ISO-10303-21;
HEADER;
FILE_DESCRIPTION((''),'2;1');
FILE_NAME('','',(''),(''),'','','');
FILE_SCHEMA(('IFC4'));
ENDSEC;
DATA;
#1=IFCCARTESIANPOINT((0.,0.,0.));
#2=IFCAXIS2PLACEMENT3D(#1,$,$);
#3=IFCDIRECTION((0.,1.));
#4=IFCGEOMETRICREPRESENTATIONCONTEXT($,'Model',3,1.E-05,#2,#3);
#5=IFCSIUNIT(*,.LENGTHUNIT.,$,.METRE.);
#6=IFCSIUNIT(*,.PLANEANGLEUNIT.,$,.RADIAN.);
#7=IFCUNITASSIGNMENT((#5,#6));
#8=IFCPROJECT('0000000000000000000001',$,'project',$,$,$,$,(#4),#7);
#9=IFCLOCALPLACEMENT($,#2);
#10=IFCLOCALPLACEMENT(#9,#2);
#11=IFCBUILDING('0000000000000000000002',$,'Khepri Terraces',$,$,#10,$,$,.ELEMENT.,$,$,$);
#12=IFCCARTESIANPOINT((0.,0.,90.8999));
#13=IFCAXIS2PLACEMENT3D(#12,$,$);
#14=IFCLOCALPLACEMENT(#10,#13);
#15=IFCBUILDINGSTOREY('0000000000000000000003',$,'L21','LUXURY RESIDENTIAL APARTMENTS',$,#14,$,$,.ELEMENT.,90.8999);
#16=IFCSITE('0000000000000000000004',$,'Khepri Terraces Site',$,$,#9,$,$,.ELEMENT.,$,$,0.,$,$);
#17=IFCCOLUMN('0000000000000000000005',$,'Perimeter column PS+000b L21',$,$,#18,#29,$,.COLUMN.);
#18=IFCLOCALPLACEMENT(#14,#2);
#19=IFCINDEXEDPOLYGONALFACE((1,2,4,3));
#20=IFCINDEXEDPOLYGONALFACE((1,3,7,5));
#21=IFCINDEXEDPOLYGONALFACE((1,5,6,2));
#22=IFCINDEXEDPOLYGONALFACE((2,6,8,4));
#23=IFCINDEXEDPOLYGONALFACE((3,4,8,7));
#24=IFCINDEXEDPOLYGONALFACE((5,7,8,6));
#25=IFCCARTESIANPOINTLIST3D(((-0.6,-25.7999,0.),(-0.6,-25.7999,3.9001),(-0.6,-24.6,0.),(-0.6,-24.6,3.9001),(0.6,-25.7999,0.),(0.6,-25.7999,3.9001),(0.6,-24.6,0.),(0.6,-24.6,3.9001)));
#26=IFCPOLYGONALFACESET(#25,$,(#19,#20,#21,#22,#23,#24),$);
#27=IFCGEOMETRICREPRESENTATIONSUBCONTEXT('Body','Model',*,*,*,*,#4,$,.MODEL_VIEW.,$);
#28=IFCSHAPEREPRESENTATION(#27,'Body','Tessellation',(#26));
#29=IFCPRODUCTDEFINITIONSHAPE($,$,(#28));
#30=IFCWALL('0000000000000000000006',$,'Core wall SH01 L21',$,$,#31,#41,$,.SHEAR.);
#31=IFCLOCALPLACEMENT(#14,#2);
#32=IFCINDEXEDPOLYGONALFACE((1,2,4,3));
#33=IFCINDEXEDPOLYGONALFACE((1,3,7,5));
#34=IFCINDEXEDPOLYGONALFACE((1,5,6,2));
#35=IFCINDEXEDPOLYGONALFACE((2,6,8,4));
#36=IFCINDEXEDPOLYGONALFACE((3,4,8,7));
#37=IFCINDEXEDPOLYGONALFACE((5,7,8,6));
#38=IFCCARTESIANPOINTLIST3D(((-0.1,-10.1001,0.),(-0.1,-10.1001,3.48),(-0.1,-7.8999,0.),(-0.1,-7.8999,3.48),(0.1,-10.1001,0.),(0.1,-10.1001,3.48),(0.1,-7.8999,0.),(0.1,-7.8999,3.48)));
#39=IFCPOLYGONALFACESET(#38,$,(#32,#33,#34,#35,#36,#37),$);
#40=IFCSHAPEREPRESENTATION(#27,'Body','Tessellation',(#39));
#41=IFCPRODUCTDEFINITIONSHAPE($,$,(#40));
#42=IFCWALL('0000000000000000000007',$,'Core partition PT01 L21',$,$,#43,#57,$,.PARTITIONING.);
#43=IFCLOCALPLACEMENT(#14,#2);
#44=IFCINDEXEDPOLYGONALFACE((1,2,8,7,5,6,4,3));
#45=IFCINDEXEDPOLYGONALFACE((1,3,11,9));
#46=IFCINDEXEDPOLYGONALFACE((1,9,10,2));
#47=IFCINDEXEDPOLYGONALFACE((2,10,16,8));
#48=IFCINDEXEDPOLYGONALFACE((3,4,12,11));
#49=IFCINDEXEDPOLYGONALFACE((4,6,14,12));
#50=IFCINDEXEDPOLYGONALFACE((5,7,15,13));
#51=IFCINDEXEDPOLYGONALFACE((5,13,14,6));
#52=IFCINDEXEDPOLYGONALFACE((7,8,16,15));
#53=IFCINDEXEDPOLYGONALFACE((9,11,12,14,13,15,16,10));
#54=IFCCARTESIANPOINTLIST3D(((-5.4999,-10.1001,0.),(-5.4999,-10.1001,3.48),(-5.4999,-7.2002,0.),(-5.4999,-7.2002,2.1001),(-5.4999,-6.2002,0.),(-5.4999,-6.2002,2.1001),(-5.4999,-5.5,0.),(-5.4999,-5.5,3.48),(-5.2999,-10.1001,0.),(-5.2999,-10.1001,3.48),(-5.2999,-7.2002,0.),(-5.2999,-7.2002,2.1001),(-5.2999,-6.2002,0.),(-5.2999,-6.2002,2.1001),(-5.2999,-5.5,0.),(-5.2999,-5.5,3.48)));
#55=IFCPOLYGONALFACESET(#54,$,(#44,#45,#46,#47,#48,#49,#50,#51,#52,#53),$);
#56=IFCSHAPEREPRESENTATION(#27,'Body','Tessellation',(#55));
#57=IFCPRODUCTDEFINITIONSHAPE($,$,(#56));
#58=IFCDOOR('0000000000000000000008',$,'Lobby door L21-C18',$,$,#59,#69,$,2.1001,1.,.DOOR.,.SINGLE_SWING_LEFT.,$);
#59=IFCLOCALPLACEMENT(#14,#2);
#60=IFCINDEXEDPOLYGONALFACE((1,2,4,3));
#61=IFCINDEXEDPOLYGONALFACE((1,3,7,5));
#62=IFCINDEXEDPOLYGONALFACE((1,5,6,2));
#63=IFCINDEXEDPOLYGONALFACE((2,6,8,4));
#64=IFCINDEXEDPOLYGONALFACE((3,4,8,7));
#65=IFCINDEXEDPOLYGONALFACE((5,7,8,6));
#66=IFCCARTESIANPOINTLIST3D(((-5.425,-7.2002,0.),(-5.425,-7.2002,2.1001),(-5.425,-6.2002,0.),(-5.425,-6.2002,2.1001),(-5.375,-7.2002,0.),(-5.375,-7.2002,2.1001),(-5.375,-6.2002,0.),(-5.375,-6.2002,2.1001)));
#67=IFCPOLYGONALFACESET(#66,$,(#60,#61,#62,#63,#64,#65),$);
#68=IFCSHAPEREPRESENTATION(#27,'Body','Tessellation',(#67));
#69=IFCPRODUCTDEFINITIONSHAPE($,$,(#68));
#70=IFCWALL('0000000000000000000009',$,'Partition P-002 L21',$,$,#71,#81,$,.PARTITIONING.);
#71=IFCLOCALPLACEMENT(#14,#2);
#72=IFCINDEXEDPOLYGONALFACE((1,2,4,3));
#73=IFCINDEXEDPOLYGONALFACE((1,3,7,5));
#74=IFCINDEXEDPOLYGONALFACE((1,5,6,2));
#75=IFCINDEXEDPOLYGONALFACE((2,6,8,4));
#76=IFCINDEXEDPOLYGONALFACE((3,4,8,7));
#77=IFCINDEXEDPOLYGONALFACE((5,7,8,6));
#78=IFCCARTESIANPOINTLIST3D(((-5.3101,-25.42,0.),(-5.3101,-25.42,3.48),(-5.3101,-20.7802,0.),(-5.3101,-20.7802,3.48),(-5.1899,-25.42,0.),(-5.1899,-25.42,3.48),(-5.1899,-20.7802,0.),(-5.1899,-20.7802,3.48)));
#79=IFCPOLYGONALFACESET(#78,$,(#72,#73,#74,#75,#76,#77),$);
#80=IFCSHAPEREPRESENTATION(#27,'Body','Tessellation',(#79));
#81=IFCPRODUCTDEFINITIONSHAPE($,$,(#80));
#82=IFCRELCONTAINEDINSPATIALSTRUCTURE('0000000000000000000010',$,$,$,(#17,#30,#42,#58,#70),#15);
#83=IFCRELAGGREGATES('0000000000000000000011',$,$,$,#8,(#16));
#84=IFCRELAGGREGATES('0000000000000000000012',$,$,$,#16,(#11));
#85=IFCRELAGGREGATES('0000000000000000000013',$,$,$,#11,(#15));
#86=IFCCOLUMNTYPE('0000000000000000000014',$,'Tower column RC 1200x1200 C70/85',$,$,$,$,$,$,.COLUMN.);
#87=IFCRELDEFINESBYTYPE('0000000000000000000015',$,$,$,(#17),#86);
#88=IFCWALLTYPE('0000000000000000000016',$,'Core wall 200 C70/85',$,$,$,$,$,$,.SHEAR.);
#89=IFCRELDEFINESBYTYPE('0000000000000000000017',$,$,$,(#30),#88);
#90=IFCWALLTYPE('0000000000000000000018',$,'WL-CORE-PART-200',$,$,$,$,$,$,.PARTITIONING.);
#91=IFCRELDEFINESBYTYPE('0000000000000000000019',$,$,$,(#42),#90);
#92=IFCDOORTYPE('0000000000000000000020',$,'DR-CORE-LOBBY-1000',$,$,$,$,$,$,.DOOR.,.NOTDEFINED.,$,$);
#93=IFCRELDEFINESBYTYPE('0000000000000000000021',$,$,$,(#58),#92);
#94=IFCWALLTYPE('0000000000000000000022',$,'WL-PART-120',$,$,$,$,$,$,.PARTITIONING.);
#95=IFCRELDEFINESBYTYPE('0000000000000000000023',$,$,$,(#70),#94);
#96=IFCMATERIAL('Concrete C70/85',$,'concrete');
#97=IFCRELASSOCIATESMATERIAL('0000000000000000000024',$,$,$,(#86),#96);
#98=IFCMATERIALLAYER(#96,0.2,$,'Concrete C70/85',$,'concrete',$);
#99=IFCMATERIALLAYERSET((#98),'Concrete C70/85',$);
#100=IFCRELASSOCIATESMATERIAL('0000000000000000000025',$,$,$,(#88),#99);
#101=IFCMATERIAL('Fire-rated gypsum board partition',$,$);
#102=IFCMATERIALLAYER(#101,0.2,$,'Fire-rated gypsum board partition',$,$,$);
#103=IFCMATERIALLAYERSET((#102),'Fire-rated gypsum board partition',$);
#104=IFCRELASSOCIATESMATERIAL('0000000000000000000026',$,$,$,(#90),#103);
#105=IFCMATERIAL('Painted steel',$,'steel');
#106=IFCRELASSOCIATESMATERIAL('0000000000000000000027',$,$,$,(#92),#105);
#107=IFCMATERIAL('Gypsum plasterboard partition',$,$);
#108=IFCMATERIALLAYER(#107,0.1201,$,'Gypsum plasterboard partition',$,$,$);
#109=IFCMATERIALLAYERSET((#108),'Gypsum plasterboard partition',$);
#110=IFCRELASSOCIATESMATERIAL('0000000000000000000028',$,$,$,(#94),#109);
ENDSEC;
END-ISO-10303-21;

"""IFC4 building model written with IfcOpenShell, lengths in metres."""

from ifc_helpers import new_model, si_unit, direction, frame, frame_2d, origin, origin_2d, place, context, subcontext, project, spatial, rectangle, extrude, material, layer, layer_set, material_profile, profile_set, type_object, element, fill, save


model = new_model("IFC4")

# Units and contexts
model_context = context("Model", 3, precision=1e-05, world=origin(), true_north=direction((0.0, 1.0)))
body_context = subcontext(model_context, "Body", "Model", "MODEL_VIEW")
ifc_project = project(units=[si_unit("LENGTHUNIT", "METRE"), si_unit("PLANEANGLEUNIT", "RADIAN")], contexts=[model_context])

# Site, building, storey
site_placement = place(None, origin())
site = spatial("IfcSite", under=ifc_project, at=site_placement, Name="Khepri Terraces Site", CompositionType="ELEMENT", RefElevation=0.0)
building_placement = place(site_placement, origin())
building = spatial("IfcBuilding", under=site, at=building_placement, Name="Khepri Terraces", CompositionType="ELEMENT")
storey_placement = place(building_placement, frame((0.0, 0.0, 90.8999)))
storey = spatial("IfcBuildingStorey", under=building, at=storey_placement, Name="L21", Description="LUXURY RESIDENTIAL APARTMENTS", CompositionType="ELEMENT", Elevation=90.8999)

# Column
ifc_material_1 = material(Name="Concrete C70/85", Category="concrete")
ifc_material_profile = material_profile(ifc_material_1, rectangle(XDim=1.2, YDim=1.2, at=origin_2d()), Name="Concrete C70/85", Category="concrete")
ifc_profile_set = profile_set([ifc_material_profile], Name="Concrete C70/85")
column_type = type_object("IfcColumnType", Name="Tower column RC 1200x1200 C70/85", PredefinedType="COLUMN", material=ifc_profile_set)
column_placement = place(storey_placement, frame((0.0, -25.2, 0.0), z_axis=(0.0, 0.0, 1.0), x_axis=(1.0, 0.0, 0.0)))
element("IfcColumn", 1, at=column_placement, inside=storey, type_object=column_type, Name="Perimeter column PS+000b L21", PredefinedType="COLUMN", context=body_context, shape_type="SweptSolid", body=[
    extrude(rectangle(XDim=1.2, YDim=1.2, at=origin_2d()), origin(), (0.0, 0.0, 1.0), 3.9001),
])

# Wall
ifc_layer_1 = layer(ifc_material_1, 0.2, Name="Concrete C70/85", Category="concrete")
ifc_layer_set_1 = layer_set([ifc_layer_1], Name="Concrete C70/85")
wall_type_1 = type_object("IfcWallType", Name="Core wall 200 C70/85", PredefinedType="SHEAR", material=ifc_layer_set_1)
wall_1_placement = place(storey_placement, frame((0.0, -10.1001, 0.0), z_axis=(0.0, 0.0, 1.0), x_axis=(0.0, 1.0, 0.0)))
element("IfcWall", 2, at=wall_1_placement, inside=storey, type_object=wall_type_1, Name="Core wall SH01 L21", PredefinedType="SHEAR", context=body_context, shape_type="SweptSolid", body=[
    extrude(rectangle(XDim=2.2002, YDim=0.2, at=frame_2d((1.1001, 0.0))), origin(), (0.0, 0.0, 1.0), 3.48),
])

# Wall, opening, door
ifc_material_2 = material(Name="Fire-rated gypsum board partition")
ifc_layer_2 = layer(ifc_material_2, 0.2, Name="Fire-rated gypsum board partition")
ifc_layer_set_2 = layer_set([ifc_layer_2], Name="Fire-rated gypsum board partition")
wall_type_2 = type_object("IfcWallType", Name="WL-CORE-PART-200", PredefinedType="PARTITIONING", material=ifc_layer_set_2)
wall_2_placement = place(storey_placement, frame((-5.3999, -10.1001, 0.0), z_axis=(0.0, 0.0, 1.0), x_axis=(0.0, 1.0, 0.0)))
wall_2 = element("IfcWall", 3, at=wall_2_placement, inside=storey, type_object=wall_type_2, Name="Core partition PT01 L21", PredefinedType="PARTITIONING", context=body_context, shape_type="SweptSolid", body=[
    extrude(rectangle(XDim=4.6001, YDim=0.2, at=frame_2d((2.3, 0.0))), origin(), (0.0, 0.0, 1.0), 3.48),
])
opening_1_placement = place(wall_2_placement, frame((2.8999, 0.0, 0.0)))
opening_1 = element("IfcOpeningElement", 4, at=opening_1_placement, cuts=wall_2, PredefinedType="OPENING", context=body_context, shape_type="SweptSolid", body=[
    extrude(rectangle(XDim=1.0, YDim=2.1001, at=frame_2d((0.5, 1.05))), frame((0.0, 0.1099, 0.0), z_axis=(0.0, -1.0, 0.0), x_axis=(1.0, 0.0, 0.0)), (0.0, 0.0, 1.0), 0.22),
])
ifc_material_3 = material(Name="Painted steel", Category="steel")
door_type_1 = type_object("IfcDoorType", Name="DR-CORE-LOBBY-1000", OperationType="NOTDEFINED", PredefinedType="DOOR", material=ifc_material_3)
door_1_placement = place(opening_1_placement, frame((1.0, 0.0, 0.0), z_axis=(0.0, 0.0, 1.0), x_axis=(-1.0, 0.0, 0.0)))
door_1 = element("IfcDoor", 5, at=door_1_placement, inside=storey, type_object=door_type_1, Name="Lobby door L21-C18", OperationType="SINGLE_SWING_LEFT", OverallHeight=2.1001, OverallWidth=1.0, PredefinedType="DOOR", context=body_context, shape_type="SweptSolid", body=[
    extrude(rectangle(XDim=1.0, YDim=2.1001, at=frame_2d((0.5, 1.05))), frame((0.0, 0.0249, 0.0), z_axis=(0.0, -1.0, 0.0), x_axis=(1.0, 0.0, 0.0)), (0.0, 0.0, 1.0), 0.05),
])
fill(opening_1, door_1)

# Wall
ifc_material_4 = material(Name="Gypsum plasterboard partition")
ifc_layer_3 = layer(ifc_material_4, 0.1201, Name="Gypsum plasterboard partition")
ifc_layer_set_3 = layer_set([ifc_layer_3], Name="Gypsum plasterboard partition")
wall_type_3 = type_object("IfcWallType", Name="WL-PART-120", PredefinedType="PARTITIONING", material=ifc_layer_set_3)
wall_3_placement = place(storey_placement, frame((-5.25, -25.4199, 0.0), z_axis=(0.0, 0.0, 1.0), x_axis=(0.0, 1.0, 0.0)))
element("IfcWall", 6, at=wall_3_placement, inside=storey, type_object=wall_type_3, Name="Partition P-002 L21", PredefinedType="PARTITIONING", context=body_context, shape_type="SweptSolid", body=[
    extrude(rectangle(XDim=4.6399, YDim=0.1201, at=frame_2d((2.3198, 0.0))), origin(), (0.0, 0.0, 1.0), 3.48),
])

save(model, "model.ifc")
